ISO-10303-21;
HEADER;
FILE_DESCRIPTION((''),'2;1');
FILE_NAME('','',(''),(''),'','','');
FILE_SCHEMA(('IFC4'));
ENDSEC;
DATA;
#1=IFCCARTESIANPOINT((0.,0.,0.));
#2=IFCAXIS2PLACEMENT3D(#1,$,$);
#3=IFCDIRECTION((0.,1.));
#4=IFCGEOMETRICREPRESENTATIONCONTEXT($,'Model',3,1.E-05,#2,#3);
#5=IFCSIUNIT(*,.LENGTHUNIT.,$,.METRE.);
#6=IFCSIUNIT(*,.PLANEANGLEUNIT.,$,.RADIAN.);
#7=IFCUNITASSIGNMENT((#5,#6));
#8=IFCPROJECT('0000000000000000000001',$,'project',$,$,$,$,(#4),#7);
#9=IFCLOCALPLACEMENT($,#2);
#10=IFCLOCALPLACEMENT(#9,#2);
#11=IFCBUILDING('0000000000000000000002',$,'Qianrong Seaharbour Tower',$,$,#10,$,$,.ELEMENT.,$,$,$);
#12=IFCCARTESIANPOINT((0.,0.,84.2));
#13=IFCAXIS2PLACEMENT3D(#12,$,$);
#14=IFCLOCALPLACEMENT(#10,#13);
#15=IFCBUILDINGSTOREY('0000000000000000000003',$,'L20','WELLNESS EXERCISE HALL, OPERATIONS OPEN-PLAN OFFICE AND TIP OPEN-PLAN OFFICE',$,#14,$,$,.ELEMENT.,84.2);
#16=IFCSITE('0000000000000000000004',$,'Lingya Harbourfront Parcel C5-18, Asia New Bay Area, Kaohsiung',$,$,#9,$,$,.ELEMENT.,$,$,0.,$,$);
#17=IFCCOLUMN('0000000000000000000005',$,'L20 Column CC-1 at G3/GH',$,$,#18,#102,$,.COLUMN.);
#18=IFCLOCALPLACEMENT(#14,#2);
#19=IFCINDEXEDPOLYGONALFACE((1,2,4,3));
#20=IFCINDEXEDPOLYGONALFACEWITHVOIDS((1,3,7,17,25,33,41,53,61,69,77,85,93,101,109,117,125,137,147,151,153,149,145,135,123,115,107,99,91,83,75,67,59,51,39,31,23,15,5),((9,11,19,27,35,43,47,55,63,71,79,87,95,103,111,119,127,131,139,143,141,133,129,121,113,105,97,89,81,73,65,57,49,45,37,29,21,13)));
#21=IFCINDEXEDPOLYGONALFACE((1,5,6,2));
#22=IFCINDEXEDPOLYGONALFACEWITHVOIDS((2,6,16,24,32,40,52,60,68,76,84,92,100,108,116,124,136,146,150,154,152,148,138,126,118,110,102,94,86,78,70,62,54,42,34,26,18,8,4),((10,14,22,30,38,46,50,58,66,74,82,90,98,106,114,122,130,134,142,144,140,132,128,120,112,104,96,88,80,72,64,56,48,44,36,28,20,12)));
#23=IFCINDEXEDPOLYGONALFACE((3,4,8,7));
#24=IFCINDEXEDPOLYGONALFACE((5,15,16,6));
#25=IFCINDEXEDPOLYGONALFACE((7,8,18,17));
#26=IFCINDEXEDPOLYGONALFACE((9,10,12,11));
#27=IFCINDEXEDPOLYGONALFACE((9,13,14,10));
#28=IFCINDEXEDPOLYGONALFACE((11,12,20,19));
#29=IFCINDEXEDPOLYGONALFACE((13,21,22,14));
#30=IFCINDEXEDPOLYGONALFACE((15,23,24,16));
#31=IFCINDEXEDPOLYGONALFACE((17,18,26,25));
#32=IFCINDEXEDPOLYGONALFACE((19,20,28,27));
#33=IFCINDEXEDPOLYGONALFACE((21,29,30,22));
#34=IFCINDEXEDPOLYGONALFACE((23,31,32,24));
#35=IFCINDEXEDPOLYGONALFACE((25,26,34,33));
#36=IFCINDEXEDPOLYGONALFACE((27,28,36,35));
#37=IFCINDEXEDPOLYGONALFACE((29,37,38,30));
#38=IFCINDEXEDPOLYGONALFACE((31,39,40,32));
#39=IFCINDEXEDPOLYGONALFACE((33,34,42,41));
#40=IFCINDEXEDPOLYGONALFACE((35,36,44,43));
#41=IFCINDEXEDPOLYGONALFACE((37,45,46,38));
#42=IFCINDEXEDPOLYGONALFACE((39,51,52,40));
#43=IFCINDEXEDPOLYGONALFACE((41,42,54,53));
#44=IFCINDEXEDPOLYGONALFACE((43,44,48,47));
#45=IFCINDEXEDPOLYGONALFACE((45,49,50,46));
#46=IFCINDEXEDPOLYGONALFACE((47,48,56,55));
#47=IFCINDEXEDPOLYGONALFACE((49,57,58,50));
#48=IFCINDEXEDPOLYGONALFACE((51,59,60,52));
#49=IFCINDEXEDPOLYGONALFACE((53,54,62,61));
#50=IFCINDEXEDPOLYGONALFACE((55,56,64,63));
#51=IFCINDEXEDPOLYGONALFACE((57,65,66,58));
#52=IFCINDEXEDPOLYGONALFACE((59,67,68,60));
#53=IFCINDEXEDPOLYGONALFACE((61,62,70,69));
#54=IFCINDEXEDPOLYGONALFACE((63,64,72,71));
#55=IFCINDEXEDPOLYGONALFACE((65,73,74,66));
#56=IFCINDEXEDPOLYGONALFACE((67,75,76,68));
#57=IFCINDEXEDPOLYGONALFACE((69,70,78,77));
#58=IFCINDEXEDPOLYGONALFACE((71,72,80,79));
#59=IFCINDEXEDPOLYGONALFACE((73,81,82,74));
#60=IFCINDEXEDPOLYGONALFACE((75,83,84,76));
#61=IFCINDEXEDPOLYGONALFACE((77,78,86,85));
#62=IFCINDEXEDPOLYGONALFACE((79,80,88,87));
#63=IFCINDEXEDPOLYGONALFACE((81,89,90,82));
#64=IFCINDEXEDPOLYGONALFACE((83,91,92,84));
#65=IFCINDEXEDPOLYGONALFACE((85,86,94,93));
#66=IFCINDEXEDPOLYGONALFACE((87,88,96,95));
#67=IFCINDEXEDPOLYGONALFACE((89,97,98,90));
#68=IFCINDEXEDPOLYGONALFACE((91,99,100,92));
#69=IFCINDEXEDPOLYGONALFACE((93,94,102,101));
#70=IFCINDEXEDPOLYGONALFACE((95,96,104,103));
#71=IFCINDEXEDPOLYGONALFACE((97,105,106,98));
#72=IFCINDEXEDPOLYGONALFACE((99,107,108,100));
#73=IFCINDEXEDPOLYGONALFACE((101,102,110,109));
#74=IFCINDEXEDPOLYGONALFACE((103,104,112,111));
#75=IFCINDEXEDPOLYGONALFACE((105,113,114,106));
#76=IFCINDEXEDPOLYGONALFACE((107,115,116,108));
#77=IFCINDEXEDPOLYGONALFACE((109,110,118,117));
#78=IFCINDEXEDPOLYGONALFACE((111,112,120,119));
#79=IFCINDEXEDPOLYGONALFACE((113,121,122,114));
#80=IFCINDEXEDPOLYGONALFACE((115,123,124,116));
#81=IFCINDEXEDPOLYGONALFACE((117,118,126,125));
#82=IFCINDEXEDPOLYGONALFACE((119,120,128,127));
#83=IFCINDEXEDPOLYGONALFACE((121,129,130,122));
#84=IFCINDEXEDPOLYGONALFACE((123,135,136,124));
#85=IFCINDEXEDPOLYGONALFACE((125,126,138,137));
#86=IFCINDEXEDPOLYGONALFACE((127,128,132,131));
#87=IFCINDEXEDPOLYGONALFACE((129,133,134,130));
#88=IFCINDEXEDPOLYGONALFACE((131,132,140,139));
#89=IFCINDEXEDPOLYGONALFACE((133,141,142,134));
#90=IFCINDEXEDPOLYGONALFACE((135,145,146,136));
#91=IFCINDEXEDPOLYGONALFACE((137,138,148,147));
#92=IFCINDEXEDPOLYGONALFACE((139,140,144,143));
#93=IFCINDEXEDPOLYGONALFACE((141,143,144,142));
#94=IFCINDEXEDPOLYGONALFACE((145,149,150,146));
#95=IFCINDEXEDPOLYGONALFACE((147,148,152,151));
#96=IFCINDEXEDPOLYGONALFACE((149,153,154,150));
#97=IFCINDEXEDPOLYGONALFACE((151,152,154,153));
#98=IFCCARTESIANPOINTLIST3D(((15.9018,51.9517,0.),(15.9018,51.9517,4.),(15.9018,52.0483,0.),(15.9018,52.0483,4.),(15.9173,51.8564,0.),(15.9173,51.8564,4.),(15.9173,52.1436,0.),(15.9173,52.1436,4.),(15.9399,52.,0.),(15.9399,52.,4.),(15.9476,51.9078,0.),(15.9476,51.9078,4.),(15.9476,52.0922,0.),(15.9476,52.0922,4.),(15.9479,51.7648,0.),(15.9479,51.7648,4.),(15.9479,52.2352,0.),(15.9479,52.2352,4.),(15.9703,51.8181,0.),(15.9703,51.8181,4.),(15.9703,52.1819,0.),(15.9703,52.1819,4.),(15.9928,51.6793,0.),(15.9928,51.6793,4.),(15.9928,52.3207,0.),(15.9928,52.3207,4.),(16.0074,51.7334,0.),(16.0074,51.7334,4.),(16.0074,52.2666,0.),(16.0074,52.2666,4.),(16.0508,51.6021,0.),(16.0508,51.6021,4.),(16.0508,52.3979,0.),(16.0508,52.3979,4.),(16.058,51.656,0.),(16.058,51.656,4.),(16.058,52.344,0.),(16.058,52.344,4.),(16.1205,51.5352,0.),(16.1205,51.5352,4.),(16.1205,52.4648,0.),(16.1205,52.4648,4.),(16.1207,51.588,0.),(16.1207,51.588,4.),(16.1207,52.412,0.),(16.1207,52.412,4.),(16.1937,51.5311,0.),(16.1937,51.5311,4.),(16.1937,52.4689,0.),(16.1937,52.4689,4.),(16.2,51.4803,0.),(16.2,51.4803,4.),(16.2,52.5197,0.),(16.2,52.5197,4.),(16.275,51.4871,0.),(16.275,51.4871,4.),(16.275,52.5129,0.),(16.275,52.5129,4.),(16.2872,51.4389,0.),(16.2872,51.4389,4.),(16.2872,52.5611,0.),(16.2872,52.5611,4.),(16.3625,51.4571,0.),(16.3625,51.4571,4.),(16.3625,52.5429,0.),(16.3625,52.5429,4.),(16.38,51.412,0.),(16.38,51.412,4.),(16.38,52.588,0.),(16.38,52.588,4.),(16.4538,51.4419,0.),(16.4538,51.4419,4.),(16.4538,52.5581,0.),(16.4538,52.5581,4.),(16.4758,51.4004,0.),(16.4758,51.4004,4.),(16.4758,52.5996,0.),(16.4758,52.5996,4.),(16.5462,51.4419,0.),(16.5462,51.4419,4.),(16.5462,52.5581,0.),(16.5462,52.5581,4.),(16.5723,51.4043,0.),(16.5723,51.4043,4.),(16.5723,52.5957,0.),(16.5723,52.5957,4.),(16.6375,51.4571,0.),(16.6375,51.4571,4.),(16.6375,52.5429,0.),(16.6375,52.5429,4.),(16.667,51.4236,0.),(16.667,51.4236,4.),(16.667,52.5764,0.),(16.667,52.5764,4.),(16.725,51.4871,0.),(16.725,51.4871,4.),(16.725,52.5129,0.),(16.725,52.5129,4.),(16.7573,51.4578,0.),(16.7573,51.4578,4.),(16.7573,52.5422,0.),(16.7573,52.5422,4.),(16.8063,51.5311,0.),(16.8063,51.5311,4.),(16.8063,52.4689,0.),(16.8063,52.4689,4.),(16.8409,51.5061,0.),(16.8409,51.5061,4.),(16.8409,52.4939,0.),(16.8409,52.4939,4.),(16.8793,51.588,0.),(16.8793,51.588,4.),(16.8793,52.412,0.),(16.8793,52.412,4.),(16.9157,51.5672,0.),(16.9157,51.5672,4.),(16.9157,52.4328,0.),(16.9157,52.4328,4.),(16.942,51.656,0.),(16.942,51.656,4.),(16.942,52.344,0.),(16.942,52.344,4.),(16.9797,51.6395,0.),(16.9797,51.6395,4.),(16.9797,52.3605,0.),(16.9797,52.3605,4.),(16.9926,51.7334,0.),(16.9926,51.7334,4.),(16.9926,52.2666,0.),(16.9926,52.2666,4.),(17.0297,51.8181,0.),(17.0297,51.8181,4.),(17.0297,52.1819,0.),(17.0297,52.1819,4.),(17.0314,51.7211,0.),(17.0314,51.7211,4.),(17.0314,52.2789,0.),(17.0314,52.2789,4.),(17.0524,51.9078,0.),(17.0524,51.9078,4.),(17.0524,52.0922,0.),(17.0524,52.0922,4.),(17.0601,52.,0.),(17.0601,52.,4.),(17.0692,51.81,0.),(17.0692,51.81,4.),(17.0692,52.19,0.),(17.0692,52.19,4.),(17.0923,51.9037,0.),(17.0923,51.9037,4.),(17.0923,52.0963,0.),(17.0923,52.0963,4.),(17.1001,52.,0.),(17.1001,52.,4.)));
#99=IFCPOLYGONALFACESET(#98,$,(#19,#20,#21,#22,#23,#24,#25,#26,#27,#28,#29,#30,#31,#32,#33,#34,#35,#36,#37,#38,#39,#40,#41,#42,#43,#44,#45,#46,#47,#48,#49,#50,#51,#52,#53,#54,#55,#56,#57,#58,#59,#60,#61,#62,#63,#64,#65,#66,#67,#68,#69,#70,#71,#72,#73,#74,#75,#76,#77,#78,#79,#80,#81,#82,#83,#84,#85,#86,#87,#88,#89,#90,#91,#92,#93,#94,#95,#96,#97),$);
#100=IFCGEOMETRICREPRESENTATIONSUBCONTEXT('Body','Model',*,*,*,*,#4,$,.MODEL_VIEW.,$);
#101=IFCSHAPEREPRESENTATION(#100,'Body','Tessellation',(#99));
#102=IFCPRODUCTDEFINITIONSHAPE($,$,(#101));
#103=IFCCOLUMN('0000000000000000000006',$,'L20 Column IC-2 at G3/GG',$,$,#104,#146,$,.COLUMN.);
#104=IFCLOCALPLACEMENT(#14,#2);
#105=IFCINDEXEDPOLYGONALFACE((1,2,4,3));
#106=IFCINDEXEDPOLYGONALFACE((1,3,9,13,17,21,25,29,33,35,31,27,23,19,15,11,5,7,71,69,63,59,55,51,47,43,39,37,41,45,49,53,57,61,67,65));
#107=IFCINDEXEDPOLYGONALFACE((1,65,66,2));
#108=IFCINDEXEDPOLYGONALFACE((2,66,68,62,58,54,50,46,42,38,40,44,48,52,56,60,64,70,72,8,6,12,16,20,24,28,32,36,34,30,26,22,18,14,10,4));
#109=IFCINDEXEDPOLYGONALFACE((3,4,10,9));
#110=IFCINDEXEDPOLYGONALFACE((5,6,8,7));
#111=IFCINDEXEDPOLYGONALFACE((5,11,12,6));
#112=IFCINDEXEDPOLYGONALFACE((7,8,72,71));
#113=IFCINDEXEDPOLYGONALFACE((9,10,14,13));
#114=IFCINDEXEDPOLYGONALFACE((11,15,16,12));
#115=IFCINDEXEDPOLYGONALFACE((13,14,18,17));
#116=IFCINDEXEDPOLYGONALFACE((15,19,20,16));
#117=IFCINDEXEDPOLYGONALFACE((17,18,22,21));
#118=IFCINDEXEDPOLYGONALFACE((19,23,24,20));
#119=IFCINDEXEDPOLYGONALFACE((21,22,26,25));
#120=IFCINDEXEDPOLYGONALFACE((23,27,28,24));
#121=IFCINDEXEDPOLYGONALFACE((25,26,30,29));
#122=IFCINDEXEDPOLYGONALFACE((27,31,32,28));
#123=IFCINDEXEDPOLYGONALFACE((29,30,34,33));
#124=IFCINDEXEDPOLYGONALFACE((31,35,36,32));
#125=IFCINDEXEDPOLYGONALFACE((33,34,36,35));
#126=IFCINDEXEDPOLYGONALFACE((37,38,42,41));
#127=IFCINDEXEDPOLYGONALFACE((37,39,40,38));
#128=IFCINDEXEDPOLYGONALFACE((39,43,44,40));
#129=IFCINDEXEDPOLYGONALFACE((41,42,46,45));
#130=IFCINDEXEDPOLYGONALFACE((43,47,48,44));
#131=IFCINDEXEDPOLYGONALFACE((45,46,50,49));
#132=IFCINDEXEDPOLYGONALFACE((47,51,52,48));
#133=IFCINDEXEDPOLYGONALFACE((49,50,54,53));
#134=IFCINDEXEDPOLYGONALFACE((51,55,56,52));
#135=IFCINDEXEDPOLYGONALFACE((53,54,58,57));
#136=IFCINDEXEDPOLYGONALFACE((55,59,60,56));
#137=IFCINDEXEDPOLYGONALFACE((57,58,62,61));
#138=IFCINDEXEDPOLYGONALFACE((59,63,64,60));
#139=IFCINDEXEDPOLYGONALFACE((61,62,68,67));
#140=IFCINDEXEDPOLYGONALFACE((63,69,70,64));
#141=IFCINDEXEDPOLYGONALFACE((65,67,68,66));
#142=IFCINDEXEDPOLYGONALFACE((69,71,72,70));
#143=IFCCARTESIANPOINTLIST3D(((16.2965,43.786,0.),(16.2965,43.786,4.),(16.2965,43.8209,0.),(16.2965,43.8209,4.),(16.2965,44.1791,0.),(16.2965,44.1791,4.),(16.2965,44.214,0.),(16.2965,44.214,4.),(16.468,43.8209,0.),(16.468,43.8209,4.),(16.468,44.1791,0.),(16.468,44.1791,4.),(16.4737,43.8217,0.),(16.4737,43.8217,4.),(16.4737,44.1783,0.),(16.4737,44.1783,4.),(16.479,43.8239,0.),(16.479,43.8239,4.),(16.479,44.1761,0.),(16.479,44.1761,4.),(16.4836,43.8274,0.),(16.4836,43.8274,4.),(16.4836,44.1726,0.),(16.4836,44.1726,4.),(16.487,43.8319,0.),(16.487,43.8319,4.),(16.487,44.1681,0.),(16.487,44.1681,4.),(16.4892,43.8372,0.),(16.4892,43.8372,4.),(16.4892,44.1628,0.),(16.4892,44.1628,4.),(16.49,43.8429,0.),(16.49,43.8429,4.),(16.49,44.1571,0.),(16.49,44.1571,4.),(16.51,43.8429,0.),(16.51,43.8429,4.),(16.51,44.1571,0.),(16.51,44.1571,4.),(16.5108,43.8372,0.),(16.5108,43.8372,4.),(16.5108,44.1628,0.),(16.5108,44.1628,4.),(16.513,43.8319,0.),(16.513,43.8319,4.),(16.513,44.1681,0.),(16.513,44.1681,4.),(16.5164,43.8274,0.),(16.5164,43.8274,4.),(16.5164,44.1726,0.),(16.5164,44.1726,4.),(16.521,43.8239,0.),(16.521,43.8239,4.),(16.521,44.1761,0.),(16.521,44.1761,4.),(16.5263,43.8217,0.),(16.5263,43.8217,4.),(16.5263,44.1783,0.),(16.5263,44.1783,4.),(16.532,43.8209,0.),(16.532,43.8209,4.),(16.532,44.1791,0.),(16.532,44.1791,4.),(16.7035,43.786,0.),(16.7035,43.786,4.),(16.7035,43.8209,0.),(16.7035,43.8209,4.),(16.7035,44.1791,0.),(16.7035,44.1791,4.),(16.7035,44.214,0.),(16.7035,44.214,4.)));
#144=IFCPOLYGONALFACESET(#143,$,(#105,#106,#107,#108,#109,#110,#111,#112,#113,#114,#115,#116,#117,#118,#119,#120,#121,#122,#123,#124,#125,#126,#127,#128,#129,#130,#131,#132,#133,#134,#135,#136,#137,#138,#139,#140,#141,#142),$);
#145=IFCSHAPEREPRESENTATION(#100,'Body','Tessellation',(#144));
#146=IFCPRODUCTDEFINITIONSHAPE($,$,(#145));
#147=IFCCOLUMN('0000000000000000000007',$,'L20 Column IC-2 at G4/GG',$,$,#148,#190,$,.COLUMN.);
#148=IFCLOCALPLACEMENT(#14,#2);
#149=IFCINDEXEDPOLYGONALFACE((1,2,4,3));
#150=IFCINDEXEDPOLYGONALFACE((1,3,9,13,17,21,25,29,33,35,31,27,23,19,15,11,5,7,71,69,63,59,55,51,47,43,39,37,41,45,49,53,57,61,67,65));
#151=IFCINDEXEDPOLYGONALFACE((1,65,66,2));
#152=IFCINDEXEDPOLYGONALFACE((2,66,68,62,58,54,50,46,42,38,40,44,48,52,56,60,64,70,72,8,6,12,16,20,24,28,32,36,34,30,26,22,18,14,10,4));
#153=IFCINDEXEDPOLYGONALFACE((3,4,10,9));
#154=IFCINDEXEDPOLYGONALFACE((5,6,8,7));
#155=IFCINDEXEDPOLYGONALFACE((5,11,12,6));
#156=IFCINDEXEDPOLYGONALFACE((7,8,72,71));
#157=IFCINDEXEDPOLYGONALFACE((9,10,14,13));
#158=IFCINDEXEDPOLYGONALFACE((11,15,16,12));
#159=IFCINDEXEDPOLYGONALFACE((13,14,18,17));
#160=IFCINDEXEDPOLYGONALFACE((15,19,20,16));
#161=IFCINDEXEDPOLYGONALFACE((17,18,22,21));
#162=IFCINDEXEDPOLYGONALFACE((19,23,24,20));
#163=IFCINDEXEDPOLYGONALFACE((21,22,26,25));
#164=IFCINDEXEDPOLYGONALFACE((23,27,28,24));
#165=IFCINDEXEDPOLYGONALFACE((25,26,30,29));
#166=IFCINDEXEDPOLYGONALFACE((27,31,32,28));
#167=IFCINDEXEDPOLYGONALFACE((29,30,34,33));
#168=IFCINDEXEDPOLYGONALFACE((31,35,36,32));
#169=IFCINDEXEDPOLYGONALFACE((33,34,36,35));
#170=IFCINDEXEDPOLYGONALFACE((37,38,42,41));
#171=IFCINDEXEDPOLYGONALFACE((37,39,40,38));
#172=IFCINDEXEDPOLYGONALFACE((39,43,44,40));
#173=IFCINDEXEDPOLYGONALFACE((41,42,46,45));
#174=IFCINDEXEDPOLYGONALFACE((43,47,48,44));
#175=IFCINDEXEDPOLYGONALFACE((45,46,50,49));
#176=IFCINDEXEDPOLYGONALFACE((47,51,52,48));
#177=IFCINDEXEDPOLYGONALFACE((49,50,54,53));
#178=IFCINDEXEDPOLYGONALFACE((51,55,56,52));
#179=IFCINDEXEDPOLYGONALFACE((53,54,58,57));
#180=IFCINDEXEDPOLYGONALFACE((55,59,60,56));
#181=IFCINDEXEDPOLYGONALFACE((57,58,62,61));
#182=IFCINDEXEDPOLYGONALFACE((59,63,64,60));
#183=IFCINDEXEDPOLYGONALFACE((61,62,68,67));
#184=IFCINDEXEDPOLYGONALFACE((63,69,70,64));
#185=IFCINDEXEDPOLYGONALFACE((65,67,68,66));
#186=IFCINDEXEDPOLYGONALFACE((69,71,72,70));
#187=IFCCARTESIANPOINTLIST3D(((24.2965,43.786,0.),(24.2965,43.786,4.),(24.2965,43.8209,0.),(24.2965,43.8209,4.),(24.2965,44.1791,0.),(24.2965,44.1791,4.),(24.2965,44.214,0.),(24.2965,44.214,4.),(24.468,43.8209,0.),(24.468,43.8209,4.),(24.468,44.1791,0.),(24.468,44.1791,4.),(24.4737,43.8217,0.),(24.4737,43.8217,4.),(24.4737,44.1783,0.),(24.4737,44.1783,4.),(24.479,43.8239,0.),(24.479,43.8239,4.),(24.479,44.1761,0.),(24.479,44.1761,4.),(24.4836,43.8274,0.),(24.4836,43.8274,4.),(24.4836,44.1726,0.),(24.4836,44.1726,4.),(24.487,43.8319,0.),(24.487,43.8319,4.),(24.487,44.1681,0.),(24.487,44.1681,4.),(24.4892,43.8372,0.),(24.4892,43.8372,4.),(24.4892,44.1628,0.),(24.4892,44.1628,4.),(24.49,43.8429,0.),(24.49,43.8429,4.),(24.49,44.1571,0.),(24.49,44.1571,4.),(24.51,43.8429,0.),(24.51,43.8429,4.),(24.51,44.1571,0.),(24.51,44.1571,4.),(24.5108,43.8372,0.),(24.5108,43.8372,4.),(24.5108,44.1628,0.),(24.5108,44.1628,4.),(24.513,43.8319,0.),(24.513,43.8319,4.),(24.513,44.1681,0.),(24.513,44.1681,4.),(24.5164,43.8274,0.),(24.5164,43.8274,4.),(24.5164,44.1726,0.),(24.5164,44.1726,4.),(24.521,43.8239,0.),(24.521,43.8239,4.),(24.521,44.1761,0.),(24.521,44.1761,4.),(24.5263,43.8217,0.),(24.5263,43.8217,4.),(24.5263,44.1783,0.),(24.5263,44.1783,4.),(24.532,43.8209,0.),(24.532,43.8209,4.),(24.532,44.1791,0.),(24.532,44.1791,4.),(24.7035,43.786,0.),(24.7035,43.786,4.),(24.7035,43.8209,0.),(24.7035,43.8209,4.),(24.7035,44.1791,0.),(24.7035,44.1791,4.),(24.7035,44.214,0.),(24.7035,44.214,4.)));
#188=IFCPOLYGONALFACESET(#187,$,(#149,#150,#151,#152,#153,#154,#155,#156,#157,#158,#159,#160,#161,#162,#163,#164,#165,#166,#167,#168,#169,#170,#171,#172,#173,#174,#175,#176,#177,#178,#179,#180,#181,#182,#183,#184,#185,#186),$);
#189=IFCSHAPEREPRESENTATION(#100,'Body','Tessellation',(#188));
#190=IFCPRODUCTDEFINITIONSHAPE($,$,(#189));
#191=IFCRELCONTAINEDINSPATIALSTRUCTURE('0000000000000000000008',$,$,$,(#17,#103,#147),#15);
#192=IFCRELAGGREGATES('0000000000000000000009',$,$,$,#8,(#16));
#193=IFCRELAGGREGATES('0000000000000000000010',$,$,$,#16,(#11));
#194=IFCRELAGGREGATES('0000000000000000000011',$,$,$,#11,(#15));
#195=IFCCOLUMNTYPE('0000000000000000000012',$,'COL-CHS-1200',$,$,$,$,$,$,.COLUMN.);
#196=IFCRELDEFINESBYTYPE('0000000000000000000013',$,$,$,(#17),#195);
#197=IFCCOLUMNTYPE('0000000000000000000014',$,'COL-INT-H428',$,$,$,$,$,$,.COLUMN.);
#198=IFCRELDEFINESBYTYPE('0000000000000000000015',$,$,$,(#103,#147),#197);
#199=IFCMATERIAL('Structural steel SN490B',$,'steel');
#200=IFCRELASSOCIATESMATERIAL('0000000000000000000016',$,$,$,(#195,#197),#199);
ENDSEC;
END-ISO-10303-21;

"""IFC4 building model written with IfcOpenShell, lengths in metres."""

from ifc_helpers import new_model, si_unit, direction, frame, origin, origin_2d, place, context, subcontext, project, spatial, hollow_circle, i_section, extrude, material, material_profile, profile_set, type_object, element, save


model = new_model("IFC4")

# Units and contexts
model_context = context("Model", 3, precision=1e-05, world=origin(), true_north=direction((0.0, 1.0)))
body_context = subcontext(model_context, "Body", "Model", "MODEL_VIEW")
ifc_project = project(units=[si_unit("LENGTHUNIT", "METRE"), si_unit("PLANEANGLEUNIT", "RADIAN")], contexts=[model_context])

# Site, building, storey
site_placement = place(None, origin())
site = spatial("IfcSite", under=ifc_project, at=site_placement, Name="Lingya Harbourfront Parcel C5-18, Asia New Bay Area, Kaohsiung", CompositionType="ELEMENT", RefElevation=0.0)
building_placement = place(site_placement, origin())
building = spatial("IfcBuilding", under=site, at=building_placement, Name="Qianrong Seaharbour Tower", CompositionType="ELEMENT")
storey_placement = place(building_placement, frame((0.0, 0.0, 84.2)))
storey = spatial("IfcBuildingStorey", under=building, at=storey_placement, Name="L20", Description="WELLNESS EXERCISE HALL, OPERATIONS OPEN-PLAN OFFICE AND TIP OPEN-PLAN OFFICE", CompositionType="ELEMENT", Elevation=84.2)

# Columns
ifc_material_1 = material(Name="Structural steel SN490B", Category="steel")
ifc_material_profile_1 = material_profile(ifc_material_1, hollow_circle(Radius=0.6001, WallThickness=0.04, at=origin_2d()), Name="CHS1200x40")
ifc_profile_set_1 = profile_set([ifc_material_profile_1], Name="Structural steel SN490B")
column_type_1 = type_object("IfcColumnType", Name="COL-CHS-1200", PredefinedType="COLUMN", material=ifc_profile_set_1)
column_placement = place(storey_placement, frame((16.5, 52.0, 0.0), z_axis=(0.0, 0.0, 1.0), x_axis=(1.0, 0.0, 0.0)))
element("IfcColumn", 1, at=column_placement, inside=storey, type_object=column_type_1, Name="L20 Column CC-1 at G3/GH", PredefinedType="COLUMN", context=body_context, shape_type="SweptSolid", body=[
    extrude(hollow_circle(Radius=0.6001, WallThickness=0.04, at=origin_2d()), origin(), (0.0, 0.0, 1.0), 4.0),
])
ifc_material_profile_2 = material_profile(ifc_material_1, i_section(OverallWidth=0.407, OverallDepth=0.428, WebThickness=0.02, FlangeThickness=0.0349, FilletRadius=0.022, at=origin_2d()), Name="H428x407x20x35")
ifc_profile_set_2 = profile_set([ifc_material_profile_2], Name="Structural steel SN490B")
column_type_2 = type_object("IfcColumnType", Name="COL-INT-H428", PredefinedType="COLUMN", material=ifc_profile_set_2)
for number, where, z_axis, x_axis, name in (
    (2, (16.5, 44.0, 0.0), (0.0, 0.0, 1.0), (1.0, 0.0, 0.0), "L20 Column IC-2 at G3/GG"),
    (3, (24.5, 44.0, 0.0), (0.0, 0.0, 1.0), (1.0, 0.0, 0.0), "L20 Column IC-2 at G4/GG"),
):
    element("IfcColumn", number, at=place(storey_placement, frame(where, z_axis=z_axis, x_axis=x_axis)), inside=storey, type_object=column_type_2, Name=name, PredefinedType="COLUMN", context=body_context, shape_type="SweptSolid", body=[
        extrude(i_section(OverallWidth=0.407, OverallDepth=0.428, WebThickness=0.02, FlangeThickness=0.0349, FilletRadius=0.022, at=origin_2d()), origin(), (0.0, 0.0, 1.0), 4.0),
    ])

save(model, "model.ifc")
